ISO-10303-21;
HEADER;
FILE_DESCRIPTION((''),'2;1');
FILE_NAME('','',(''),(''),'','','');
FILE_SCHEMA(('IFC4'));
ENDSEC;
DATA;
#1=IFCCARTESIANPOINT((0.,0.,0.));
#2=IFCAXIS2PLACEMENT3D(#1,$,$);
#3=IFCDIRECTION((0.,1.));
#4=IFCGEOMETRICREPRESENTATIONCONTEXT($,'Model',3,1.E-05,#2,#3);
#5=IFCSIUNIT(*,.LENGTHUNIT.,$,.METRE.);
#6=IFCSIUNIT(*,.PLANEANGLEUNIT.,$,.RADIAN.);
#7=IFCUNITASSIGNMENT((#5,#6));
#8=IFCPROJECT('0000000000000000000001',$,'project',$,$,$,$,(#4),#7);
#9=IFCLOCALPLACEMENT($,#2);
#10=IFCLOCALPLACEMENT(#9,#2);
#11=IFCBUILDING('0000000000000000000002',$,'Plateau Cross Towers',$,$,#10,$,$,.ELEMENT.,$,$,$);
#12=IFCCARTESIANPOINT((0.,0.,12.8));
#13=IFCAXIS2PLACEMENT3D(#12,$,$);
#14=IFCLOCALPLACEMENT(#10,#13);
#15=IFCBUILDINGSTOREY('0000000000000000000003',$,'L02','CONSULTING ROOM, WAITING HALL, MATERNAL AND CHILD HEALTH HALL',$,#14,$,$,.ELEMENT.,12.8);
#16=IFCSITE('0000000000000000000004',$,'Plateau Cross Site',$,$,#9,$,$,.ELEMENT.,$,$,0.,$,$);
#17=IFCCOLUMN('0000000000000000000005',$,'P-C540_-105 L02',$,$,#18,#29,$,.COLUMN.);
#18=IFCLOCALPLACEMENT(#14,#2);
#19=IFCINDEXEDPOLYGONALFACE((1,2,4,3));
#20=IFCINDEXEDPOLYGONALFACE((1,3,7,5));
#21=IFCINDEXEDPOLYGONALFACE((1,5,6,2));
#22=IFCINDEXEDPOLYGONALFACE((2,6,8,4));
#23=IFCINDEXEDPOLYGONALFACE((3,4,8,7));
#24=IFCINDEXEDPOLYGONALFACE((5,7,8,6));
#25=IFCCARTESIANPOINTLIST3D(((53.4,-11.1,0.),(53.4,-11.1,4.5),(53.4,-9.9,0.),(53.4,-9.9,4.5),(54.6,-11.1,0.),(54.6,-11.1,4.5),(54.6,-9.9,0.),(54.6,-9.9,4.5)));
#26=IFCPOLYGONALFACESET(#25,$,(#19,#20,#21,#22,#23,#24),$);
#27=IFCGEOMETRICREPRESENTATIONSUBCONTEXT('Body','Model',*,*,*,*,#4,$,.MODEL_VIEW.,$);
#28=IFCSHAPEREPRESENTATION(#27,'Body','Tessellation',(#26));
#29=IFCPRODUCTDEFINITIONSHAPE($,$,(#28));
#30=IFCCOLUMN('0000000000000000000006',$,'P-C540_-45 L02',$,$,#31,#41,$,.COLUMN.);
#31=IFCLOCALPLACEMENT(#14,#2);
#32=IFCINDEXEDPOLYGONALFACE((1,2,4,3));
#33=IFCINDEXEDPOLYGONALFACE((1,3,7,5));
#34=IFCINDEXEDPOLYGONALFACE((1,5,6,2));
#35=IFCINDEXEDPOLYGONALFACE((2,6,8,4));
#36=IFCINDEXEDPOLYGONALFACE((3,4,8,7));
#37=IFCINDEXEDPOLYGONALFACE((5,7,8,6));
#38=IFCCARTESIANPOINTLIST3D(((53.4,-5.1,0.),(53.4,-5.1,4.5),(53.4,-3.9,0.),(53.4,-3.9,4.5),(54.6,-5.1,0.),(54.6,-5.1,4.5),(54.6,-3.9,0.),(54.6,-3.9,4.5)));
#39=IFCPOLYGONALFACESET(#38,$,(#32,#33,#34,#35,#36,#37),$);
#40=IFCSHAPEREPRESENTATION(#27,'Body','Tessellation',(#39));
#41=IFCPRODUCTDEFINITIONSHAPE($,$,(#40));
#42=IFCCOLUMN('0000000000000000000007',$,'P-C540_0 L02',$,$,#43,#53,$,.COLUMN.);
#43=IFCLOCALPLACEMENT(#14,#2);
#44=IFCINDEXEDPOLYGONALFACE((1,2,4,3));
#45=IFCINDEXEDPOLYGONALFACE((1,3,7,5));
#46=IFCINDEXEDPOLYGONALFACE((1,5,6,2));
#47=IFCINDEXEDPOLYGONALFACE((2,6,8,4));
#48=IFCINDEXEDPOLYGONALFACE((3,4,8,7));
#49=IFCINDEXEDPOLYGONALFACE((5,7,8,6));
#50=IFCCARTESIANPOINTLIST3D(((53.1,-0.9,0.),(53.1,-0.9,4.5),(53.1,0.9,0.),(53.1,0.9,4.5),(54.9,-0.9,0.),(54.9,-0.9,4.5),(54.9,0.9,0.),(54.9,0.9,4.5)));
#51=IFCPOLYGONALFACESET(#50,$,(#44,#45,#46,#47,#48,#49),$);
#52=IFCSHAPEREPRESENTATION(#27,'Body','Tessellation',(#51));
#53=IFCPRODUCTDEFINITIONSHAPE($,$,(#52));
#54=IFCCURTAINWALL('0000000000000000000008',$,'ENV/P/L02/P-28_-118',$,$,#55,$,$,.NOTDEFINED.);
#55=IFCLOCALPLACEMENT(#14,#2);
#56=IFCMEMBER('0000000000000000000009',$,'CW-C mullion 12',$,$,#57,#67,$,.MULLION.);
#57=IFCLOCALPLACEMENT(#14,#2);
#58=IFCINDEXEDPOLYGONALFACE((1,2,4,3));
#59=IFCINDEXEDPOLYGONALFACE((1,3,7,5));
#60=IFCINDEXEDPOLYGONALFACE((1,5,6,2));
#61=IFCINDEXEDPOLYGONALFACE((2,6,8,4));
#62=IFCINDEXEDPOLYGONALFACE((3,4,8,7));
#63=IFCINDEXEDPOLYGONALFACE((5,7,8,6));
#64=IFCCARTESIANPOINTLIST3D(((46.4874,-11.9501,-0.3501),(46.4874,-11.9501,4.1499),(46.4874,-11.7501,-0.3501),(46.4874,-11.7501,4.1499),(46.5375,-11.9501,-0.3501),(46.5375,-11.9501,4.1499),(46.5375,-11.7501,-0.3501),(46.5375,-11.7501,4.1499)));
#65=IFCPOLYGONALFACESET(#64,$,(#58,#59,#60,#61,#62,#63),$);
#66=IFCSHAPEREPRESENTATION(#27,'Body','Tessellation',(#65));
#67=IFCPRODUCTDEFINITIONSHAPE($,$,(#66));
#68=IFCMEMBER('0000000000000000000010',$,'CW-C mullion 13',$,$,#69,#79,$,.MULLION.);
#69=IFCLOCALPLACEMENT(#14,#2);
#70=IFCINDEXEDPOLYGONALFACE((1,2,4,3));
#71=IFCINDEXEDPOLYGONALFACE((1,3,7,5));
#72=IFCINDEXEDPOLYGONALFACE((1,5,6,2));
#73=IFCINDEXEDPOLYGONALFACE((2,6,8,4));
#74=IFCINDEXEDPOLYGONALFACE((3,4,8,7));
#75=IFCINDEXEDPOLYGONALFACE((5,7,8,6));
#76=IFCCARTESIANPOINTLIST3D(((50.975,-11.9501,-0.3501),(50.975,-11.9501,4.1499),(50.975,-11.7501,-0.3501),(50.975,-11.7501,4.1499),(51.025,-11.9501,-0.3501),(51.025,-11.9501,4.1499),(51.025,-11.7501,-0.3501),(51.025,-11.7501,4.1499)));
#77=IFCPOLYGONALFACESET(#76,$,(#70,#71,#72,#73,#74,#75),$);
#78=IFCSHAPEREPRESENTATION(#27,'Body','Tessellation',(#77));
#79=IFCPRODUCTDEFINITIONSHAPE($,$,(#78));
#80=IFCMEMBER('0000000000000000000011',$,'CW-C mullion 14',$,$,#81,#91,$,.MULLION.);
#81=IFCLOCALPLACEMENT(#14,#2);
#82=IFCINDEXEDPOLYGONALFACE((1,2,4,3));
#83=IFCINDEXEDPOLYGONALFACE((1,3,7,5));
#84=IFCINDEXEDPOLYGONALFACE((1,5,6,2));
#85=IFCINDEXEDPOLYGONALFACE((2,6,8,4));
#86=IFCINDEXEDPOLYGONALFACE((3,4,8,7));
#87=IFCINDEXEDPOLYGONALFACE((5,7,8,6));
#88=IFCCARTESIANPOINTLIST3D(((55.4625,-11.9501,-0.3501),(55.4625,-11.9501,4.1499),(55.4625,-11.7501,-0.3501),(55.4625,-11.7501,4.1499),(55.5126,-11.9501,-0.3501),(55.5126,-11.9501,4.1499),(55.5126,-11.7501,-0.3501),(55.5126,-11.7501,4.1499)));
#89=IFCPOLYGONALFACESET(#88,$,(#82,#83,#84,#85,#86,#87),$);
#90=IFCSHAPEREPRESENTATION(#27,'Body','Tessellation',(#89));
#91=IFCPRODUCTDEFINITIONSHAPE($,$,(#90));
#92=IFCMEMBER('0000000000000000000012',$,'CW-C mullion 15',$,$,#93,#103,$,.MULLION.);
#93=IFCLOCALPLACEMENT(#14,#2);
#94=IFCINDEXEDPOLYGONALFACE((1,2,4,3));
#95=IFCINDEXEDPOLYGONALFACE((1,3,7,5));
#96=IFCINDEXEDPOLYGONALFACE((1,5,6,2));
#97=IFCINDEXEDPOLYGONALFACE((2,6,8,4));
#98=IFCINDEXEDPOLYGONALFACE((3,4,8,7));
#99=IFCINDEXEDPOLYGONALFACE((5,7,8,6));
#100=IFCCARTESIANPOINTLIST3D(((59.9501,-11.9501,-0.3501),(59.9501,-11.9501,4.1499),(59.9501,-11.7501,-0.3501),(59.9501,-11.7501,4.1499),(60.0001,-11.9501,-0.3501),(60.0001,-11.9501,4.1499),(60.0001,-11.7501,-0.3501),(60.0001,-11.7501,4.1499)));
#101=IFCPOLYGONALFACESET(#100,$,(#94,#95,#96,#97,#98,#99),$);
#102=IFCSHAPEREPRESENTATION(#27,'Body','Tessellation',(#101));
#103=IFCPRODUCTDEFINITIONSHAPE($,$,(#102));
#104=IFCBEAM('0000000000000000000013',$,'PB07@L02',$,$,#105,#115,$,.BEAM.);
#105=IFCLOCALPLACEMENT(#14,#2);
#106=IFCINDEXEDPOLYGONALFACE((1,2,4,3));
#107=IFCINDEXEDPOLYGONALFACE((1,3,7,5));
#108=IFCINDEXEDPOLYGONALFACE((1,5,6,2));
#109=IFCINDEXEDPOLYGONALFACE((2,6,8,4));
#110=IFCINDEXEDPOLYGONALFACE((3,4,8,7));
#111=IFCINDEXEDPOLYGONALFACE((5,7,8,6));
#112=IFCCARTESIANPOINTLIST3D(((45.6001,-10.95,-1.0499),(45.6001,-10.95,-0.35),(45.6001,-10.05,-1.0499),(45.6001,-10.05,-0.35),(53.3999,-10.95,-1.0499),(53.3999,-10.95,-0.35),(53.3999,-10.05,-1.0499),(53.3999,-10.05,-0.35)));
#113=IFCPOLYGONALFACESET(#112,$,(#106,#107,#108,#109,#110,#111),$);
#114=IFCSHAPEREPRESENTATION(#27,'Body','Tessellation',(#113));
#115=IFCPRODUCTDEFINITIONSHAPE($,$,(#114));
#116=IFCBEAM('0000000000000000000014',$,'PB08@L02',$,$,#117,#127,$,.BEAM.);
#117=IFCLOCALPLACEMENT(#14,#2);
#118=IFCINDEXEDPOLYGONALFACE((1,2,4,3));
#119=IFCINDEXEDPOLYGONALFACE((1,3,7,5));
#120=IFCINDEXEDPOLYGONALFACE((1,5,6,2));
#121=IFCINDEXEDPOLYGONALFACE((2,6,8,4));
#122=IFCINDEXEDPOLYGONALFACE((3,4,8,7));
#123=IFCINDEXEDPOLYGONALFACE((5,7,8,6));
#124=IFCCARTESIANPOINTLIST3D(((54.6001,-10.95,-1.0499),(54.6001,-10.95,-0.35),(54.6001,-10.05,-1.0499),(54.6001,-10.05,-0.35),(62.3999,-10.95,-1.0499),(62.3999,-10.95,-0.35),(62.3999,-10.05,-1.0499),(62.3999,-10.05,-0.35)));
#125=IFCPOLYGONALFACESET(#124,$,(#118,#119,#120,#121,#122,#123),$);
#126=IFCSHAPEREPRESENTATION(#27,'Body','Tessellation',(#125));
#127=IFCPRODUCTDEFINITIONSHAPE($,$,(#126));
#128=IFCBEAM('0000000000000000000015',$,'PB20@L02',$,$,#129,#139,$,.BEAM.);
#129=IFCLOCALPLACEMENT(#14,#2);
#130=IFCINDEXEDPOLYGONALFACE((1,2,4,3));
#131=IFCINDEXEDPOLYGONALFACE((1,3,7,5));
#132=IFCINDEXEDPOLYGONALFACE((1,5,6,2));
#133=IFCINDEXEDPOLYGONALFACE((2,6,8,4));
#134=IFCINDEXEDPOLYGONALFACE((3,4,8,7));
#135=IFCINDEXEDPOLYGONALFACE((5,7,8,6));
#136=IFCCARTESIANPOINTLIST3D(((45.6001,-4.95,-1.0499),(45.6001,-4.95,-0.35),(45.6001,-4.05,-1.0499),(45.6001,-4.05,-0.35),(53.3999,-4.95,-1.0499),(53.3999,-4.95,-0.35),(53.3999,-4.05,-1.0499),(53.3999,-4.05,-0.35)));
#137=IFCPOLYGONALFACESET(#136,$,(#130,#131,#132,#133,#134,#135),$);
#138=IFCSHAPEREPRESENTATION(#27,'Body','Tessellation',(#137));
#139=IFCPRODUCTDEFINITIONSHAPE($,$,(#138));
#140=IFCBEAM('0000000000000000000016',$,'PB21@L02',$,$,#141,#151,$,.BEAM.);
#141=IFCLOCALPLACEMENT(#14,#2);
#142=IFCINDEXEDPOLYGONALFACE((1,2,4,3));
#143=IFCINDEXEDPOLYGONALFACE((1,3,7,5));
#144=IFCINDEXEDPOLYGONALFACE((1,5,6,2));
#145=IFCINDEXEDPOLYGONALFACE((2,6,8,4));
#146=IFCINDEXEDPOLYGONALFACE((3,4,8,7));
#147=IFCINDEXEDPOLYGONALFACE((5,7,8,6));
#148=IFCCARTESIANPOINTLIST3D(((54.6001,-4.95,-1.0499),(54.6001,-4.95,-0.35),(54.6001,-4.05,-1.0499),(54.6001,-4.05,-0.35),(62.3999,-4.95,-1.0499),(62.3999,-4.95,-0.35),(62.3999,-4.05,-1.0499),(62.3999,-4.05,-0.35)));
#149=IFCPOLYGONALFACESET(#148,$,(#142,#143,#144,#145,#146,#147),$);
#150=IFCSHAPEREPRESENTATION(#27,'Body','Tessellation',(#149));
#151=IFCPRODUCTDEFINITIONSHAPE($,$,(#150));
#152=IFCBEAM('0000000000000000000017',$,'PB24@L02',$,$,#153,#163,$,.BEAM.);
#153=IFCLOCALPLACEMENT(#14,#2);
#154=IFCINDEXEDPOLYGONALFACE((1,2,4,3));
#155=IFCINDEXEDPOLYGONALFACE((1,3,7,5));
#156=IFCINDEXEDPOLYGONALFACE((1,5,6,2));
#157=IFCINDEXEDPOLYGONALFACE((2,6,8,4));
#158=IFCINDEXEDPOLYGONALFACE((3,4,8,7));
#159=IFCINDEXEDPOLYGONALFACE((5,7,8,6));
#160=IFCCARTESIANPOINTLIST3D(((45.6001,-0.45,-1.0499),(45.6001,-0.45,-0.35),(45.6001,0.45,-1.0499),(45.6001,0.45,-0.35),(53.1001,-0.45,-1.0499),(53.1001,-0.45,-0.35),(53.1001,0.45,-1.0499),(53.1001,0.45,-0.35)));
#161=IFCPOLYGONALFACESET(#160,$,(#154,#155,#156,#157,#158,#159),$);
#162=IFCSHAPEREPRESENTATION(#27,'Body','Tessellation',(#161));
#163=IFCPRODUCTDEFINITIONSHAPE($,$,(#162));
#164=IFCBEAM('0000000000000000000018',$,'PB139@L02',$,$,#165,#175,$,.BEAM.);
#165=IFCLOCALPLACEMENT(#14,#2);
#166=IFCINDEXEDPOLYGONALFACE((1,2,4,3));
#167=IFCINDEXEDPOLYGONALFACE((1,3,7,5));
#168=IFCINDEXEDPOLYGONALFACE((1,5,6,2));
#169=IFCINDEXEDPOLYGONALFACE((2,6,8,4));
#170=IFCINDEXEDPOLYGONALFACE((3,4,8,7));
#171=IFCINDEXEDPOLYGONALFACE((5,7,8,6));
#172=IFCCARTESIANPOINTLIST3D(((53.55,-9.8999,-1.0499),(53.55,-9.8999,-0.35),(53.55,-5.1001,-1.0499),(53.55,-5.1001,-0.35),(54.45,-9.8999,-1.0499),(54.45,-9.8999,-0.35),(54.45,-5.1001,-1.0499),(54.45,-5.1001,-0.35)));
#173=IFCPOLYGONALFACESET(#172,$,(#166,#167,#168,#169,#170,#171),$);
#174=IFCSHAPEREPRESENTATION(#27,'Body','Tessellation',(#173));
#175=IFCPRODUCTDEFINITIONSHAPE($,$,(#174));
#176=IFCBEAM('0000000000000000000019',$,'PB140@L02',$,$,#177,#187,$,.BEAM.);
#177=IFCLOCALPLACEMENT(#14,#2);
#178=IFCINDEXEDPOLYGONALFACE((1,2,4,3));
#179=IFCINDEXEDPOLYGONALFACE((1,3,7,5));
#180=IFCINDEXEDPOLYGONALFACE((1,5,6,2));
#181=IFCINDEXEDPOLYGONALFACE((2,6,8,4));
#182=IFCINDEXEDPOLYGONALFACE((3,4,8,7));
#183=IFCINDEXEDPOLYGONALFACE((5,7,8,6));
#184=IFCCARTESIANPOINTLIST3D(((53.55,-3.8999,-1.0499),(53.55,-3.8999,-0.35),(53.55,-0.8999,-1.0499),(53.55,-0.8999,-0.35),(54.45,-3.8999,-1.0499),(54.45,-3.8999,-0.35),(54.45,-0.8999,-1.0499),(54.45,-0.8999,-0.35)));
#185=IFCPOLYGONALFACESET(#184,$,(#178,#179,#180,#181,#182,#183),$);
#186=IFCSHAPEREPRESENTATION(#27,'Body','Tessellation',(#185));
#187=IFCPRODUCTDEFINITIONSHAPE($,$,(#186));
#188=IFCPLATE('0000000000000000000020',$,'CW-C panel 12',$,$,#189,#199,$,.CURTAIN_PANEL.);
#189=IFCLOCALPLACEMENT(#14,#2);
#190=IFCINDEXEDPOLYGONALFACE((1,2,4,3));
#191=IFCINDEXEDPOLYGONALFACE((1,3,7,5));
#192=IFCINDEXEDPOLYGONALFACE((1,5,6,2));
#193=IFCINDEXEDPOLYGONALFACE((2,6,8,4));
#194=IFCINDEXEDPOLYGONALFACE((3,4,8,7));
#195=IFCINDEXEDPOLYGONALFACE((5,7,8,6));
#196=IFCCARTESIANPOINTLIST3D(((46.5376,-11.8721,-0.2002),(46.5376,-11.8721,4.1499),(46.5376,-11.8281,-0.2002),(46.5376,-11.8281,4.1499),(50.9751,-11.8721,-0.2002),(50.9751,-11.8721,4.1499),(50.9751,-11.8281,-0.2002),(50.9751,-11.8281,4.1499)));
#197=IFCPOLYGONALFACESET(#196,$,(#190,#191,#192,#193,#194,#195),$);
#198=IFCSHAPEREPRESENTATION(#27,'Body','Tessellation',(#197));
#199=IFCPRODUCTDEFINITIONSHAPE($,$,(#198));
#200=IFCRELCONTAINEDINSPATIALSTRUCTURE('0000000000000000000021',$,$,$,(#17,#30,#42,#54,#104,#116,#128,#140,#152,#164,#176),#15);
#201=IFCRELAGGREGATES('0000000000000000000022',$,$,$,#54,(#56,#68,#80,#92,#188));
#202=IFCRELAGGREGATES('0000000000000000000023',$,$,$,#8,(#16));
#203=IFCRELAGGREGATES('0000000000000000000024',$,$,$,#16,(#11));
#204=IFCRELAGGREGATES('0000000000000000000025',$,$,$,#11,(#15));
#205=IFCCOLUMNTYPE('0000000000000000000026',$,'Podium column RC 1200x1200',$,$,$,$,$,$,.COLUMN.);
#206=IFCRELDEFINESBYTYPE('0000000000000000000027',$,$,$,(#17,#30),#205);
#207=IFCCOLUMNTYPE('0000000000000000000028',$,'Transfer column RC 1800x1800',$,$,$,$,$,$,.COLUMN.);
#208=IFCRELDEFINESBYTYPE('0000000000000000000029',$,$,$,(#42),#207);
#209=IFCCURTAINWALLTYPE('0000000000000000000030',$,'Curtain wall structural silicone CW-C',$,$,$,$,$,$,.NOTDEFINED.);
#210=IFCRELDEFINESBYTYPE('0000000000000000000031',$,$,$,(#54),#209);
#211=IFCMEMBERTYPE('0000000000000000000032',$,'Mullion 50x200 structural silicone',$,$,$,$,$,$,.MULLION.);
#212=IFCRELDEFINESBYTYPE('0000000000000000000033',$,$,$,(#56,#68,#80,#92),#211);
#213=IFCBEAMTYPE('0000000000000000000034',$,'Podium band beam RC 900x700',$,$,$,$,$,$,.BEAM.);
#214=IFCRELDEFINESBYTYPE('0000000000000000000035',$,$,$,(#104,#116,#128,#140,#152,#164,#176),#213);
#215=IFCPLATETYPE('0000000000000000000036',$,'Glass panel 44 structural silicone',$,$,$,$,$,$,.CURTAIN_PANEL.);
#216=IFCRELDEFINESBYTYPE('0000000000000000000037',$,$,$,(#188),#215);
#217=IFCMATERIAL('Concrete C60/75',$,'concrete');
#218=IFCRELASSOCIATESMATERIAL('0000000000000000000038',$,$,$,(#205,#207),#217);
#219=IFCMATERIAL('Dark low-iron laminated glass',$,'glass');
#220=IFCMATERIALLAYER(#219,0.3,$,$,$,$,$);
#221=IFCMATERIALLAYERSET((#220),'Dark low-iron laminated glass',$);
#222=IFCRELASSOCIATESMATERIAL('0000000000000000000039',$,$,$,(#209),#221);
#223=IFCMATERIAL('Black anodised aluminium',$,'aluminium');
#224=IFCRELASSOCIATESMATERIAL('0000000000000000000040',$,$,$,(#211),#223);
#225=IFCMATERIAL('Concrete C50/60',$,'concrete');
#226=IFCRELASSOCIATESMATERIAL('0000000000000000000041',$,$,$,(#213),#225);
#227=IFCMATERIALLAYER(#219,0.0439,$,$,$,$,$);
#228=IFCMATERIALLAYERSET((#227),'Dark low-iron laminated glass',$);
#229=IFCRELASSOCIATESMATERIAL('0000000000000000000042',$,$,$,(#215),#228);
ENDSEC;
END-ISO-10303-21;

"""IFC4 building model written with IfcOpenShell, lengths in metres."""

from ifc_helpers import new_model, si_unit, direction, frame, origin, origin_2d, place, context, subcontext, project, spatial, rectangle, extrude, material, layer, layer_set, material_profile, profile_set, type_object, element, aggregate, save


model = new_model("IFC4")

# Units and contexts
model_context = context("Model", 3, precision=1e-05, world=origin(), true_north=direction((0.0, 1.0)))
body_context = subcontext(model_context, "Body", "Model", "MODEL_VIEW")
ifc_project = project(units=[si_unit("LENGTHUNIT", "METRE"), si_unit("PLANEANGLEUNIT", "RADIAN")], contexts=[model_context])

# Site, building, storey
site_placement = place(None, origin())
site = spatial("IfcSite", under=ifc_project, at=site_placement, Name="Plateau Cross Site", CompositionType="ELEMENT", RefElevation=0.0)
building_placement = place(site_placement, origin())
building = spatial("IfcBuilding", under=site, at=building_placement, Name="Plateau Cross Towers", CompositionType="ELEMENT")
storey_placement = place(building_placement, frame((0.0, 0.0, 12.8)))
storey = spatial("IfcBuildingStorey", under=building, at=storey_placement, Name="L02", Description="CONSULTING ROOM, WAITING HALL, MATERNAL AND CHILD HEALTH HALL", CompositionType="ELEMENT", Elevation=12.8)

# Columns
ifc_material_1 = material(Name="Concrete C60/75", Category="concrete")
ifc_material_profile_1 = material_profile(ifc_material_1, rectangle(XDim=1.2, YDim=1.2, at=origin_2d()), Name="RC 1200x1200")
ifc_profile_set_1 = profile_set([ifc_material_profile_1], Name="Concrete C60/75")
column_type_1 = type_object("IfcColumnType", Name="Podium column RC 1200x1200", PredefinedType="COLUMN", material=ifc_profile_set_1)
for number, where, z_axis, x_axis, name in (
    (1, (54.0, -10.5, 0.0), (0.0, 0.0, 1.0), (1.0, 0.0, 0.0), "P-C540_-105 L02"),
    (2, (54.0, -4.5, 0.0), (0.0, 0.0, 1.0), (1.0, 0.0, 0.0), "P-C540_-45 L02"),
):
    element("IfcColumn", number, at=place(storey_placement, frame(where, z_axis=z_axis, x_axis=x_axis)), inside=storey, type_object=column_type_1, Name=name, PredefinedType="COLUMN", context=body_context, shape_type="SweptSolid", body=[
        extrude(rectangle(XDim=1.2, YDim=1.2, at=origin_2d()), origin(), (0.0, 0.0, 1.0), 4.5),
    ])
ifc_material_profile_2 = material_profile(ifc_material_1, rectangle(XDim=1.8, YDim=1.8, at=origin_2d()), Name="RC 1800x1800")
ifc_profile_set_2 = profile_set([ifc_material_profile_2], Name="Concrete C60/75")
column_type_2 = type_object("IfcColumnType", Name="Transfer column RC 1800x1800", PredefinedType="COLUMN", material=ifc_profile_set_2)
column_placement = place(storey_placement, frame((54.0, 0.0, 0.0), z_axis=(0.0, 0.0, 1.0), x_axis=(1.0, 0.0, 0.0)))
element("IfcColumn", 3, at=column_placement, inside=storey, type_object=column_type_2, Name="P-C540_0 L02", PredefinedType="COLUMN", context=body_context, shape_type="SweptSolid", body=[
    extrude(rectangle(XDim=1.8, YDim=1.8, at=origin_2d()), origin(), (0.0, 0.0, 1.0), 4.5),
])

# Curtain wall, members
ifc_material_2 = material(Name="Dark low-iron laminated glass", Category="glass")
ifc_layer_1 = layer(ifc_material_2, 0.3)
ifc_layer_set_1 = layer_set([ifc_layer_1], Name="Dark low-iron laminated glass")
curtain_wall_type = type_object("IfcCurtainWallType", Name="Curtain wall structural silicone CW-C", PredefinedType="NOTDEFINED", material=ifc_layer_set_1)
curtain_wall_placement = place(storey_placement, origin())
curtain_wall = element("IfcCurtainWall", 4, at=curtain_wall_placement, inside=storey, type_object=curtain_wall_type, Name="ENV/P/L02/P-28_-118", PredefinedType="NOTDEFINED")
ifc_material_3 = material(Name="Black anodised aluminium", Category="aluminium")
ifc_material_profile_3 = material_profile(ifc_material_3, rectangle(XDim=0.05, YDim=0.2, at=origin_2d()), Name="MULLION 50x200")
ifc_profile_set_3 = profile_set([ifc_material_profile_3], Name="Black anodised aluminium")
member_type = type_object("IfcMemberType", Name="Mullion 50x200 structural silicone", PredefinedType="MULLION", material=ifc_profile_set_3)
member_1_placement = place(storey_placement, frame((46.5125, -11.8501, -0.3501), z_axis=(0.0, 0.0, 1.0), x_axis=(1.0, 0.0, 0.0)))
member_1 = element("IfcMember", 5, at=member_1_placement, type_object=member_type, Name="CW-C mullion 12", PredefinedType="MULLION", context=body_context, shape_type="SweptSolid", body=[
    extrude(rectangle(XDim=0.05, YDim=0.2, at=origin_2d()), origin(), (0.0, 0.0, 1.0), 4.5),
])
member_2_placement = place(storey_placement, frame((51.0, -11.8501, -0.3501), z_axis=(0.0, 0.0, 1.0), x_axis=(1.0, 0.0, 0.0)))
member_2 = element("IfcMember", 6, at=member_2_placement, type_object=member_type, Name="CW-C mullion 13", PredefinedType="MULLION", context=body_context, shape_type="SweptSolid", body=[
    extrude(rectangle(XDim=0.05, YDim=0.2, at=origin_2d()), origin(), (0.0, 0.0, 1.0), 4.5),
])
member_3_placement = place(storey_placement, frame((55.4875, -11.8501, -0.3501), z_axis=(0.0, 0.0, 1.0), x_axis=(1.0, 0.0, 0.0)))
member_3 = element("IfcMember", 7, at=member_3_placement, type_object=member_type, Name="CW-C mullion 14", PredefinedType="MULLION", context=body_context, shape_type="SweptSolid", body=[
    extrude(rectangle(XDim=0.05, YDim=0.2, at=origin_2d()), origin(), (0.0, 0.0, 1.0), 4.5),
])
member_4_placement = place(storey_placement, frame((59.9751, -11.8501, -0.3501), z_axis=(0.0, 0.0, 1.0), x_axis=(1.0, 0.0, 0.0)))
member_4 = element("IfcMember", 8, at=member_4_placement, type_object=member_type, Name="CW-C mullion 15", PredefinedType="MULLION", context=body_context, shape_type="SweptSolid", body=[
    extrude(rectangle(XDim=0.05, YDim=0.2, at=origin_2d()), origin(), (0.0, 0.0, 1.0), 4.5),
])

# Beams
ifc_material_4 = material(Name="Concrete C50/60", Category="concrete")
ifc_material_profile_4 = material_profile(ifc_material_4, rectangle(XDim=0.8999, YDim=0.7, at=origin_2d()), Name="RC 900x700")
ifc_profile_set_4 = profile_set([ifc_material_profile_4], Name="Concrete C50/60")
beam_type = type_object("IfcBeamType", Name="Podium band beam RC 900x700", PredefinedType="BEAM", material=ifc_profile_set_4)
for number, where, z_axis, x_axis, name in (
    (9, (45.6001, -10.5, -0.7), (1.0, 0.0, 0.0), (0.0, 1.0, 0.0), "PB07@L02"),
    (10, (54.6001, -10.5, -0.7), (1.0, 0.0, 0.0), (0.0, 1.0, 0.0), "PB08@L02"),
    (11, (45.6001, -4.5, -0.7), (1.0, 0.0, 0.0), (0.0, 1.0, 0.0), "PB20@L02"),
    (12, (54.6001, -4.5, -0.7), (1.0, 0.0, 0.0), (0.0, 1.0, 0.0), "PB21@L02"),
):
    element("IfcBeam", number, at=place(storey_placement, frame(where, z_axis=z_axis, x_axis=x_axis)), inside=storey, type_object=beam_type, Name=name, PredefinedType="BEAM", context=body_context, shape_type="SweptSolid", body=[
        extrude(rectangle(XDim=0.8999, YDim=0.7, at=origin_2d()), origin(), (0.0, 0.0, 1.0), 7.7998),
    ])
beam_1_placement = place(storey_placement, frame((45.6001, 0.0, -0.7), z_axis=(1.0, 0.0, 0.0), x_axis=(0.0, 1.0, 0.0)))
element("IfcBeam", 13, at=beam_1_placement, inside=storey, type_object=beam_type, Name="PB24@L02", PredefinedType="BEAM", context=body_context, shape_type="SweptSolid", body=[
    extrude(rectangle(XDim=0.8999, YDim=0.7, at=origin_2d()), origin(), (0.0, 0.0, 1.0), 7.5),
])
beam_2_placement = place(storey_placement, frame((54.0, -9.8999, -0.7), z_axis=(0.0, 1.0, 0.0), x_axis=(-1.0, 0.0, 0.0)))
element("IfcBeam", 14, at=beam_2_placement, inside=storey, type_object=beam_type, Name="PB139@L02", PredefinedType="BEAM", context=body_context, shape_type="SweptSolid", body=[
    extrude(rectangle(XDim=0.8999, YDim=0.7, at=origin_2d()), origin(), (0.0, 0.0, 1.0), 4.7998),
])
beam_3_placement = place(storey_placement, frame((54.0, -3.8999, -0.7), z_axis=(0.0, 1.0, 0.0), x_axis=(-1.0, 0.0, 0.0)))
element("IfcBeam", 15, at=beam_3_placement, inside=storey, type_object=beam_type, Name="PB140@L02", PredefinedType="BEAM", context=body_context, shape_type="SweptSolid", body=[
    extrude(rectangle(XDim=0.8999, YDim=0.7, at=origin_2d()), origin(), (0.0, 0.0, 1.0), 3.0),
])

# Plate
ifc_layer_2 = layer(ifc_material_2, 0.0439)
ifc_layer_set_2 = layer_set([ifc_layer_2], Name="Dark low-iron laminated glass")
plate_type = type_object("IfcPlateType", Name="Glass panel 44 structural silicone", PredefinedType="CURTAIN_PANEL", material=ifc_layer_set_2)
plate_1_placement = place(storey_placement, frame((48.7563, -11.8501, -0.2002), z_axis=(0.0, 0.0, 1.0), x_axis=(1.0, 0.0, 0.0)))
plate_1 = element("IfcPlate", 16, at=plate_1_placement, type_object=plate_type, Name="CW-C panel 12", PredefinedType="CURTAIN_PANEL", context=body_context, shape_type="SweptSolid", body=[
    extrude(rectangle(XDim=4.4375, YDim=0.0439, at=origin_2d()), origin(), (0.0, 0.0, 1.0), 4.3501),
])
aggregate(curtain_wall, [member_1, member_2, member_3, member_4, plate_1])

save(model, "model.ifc")
